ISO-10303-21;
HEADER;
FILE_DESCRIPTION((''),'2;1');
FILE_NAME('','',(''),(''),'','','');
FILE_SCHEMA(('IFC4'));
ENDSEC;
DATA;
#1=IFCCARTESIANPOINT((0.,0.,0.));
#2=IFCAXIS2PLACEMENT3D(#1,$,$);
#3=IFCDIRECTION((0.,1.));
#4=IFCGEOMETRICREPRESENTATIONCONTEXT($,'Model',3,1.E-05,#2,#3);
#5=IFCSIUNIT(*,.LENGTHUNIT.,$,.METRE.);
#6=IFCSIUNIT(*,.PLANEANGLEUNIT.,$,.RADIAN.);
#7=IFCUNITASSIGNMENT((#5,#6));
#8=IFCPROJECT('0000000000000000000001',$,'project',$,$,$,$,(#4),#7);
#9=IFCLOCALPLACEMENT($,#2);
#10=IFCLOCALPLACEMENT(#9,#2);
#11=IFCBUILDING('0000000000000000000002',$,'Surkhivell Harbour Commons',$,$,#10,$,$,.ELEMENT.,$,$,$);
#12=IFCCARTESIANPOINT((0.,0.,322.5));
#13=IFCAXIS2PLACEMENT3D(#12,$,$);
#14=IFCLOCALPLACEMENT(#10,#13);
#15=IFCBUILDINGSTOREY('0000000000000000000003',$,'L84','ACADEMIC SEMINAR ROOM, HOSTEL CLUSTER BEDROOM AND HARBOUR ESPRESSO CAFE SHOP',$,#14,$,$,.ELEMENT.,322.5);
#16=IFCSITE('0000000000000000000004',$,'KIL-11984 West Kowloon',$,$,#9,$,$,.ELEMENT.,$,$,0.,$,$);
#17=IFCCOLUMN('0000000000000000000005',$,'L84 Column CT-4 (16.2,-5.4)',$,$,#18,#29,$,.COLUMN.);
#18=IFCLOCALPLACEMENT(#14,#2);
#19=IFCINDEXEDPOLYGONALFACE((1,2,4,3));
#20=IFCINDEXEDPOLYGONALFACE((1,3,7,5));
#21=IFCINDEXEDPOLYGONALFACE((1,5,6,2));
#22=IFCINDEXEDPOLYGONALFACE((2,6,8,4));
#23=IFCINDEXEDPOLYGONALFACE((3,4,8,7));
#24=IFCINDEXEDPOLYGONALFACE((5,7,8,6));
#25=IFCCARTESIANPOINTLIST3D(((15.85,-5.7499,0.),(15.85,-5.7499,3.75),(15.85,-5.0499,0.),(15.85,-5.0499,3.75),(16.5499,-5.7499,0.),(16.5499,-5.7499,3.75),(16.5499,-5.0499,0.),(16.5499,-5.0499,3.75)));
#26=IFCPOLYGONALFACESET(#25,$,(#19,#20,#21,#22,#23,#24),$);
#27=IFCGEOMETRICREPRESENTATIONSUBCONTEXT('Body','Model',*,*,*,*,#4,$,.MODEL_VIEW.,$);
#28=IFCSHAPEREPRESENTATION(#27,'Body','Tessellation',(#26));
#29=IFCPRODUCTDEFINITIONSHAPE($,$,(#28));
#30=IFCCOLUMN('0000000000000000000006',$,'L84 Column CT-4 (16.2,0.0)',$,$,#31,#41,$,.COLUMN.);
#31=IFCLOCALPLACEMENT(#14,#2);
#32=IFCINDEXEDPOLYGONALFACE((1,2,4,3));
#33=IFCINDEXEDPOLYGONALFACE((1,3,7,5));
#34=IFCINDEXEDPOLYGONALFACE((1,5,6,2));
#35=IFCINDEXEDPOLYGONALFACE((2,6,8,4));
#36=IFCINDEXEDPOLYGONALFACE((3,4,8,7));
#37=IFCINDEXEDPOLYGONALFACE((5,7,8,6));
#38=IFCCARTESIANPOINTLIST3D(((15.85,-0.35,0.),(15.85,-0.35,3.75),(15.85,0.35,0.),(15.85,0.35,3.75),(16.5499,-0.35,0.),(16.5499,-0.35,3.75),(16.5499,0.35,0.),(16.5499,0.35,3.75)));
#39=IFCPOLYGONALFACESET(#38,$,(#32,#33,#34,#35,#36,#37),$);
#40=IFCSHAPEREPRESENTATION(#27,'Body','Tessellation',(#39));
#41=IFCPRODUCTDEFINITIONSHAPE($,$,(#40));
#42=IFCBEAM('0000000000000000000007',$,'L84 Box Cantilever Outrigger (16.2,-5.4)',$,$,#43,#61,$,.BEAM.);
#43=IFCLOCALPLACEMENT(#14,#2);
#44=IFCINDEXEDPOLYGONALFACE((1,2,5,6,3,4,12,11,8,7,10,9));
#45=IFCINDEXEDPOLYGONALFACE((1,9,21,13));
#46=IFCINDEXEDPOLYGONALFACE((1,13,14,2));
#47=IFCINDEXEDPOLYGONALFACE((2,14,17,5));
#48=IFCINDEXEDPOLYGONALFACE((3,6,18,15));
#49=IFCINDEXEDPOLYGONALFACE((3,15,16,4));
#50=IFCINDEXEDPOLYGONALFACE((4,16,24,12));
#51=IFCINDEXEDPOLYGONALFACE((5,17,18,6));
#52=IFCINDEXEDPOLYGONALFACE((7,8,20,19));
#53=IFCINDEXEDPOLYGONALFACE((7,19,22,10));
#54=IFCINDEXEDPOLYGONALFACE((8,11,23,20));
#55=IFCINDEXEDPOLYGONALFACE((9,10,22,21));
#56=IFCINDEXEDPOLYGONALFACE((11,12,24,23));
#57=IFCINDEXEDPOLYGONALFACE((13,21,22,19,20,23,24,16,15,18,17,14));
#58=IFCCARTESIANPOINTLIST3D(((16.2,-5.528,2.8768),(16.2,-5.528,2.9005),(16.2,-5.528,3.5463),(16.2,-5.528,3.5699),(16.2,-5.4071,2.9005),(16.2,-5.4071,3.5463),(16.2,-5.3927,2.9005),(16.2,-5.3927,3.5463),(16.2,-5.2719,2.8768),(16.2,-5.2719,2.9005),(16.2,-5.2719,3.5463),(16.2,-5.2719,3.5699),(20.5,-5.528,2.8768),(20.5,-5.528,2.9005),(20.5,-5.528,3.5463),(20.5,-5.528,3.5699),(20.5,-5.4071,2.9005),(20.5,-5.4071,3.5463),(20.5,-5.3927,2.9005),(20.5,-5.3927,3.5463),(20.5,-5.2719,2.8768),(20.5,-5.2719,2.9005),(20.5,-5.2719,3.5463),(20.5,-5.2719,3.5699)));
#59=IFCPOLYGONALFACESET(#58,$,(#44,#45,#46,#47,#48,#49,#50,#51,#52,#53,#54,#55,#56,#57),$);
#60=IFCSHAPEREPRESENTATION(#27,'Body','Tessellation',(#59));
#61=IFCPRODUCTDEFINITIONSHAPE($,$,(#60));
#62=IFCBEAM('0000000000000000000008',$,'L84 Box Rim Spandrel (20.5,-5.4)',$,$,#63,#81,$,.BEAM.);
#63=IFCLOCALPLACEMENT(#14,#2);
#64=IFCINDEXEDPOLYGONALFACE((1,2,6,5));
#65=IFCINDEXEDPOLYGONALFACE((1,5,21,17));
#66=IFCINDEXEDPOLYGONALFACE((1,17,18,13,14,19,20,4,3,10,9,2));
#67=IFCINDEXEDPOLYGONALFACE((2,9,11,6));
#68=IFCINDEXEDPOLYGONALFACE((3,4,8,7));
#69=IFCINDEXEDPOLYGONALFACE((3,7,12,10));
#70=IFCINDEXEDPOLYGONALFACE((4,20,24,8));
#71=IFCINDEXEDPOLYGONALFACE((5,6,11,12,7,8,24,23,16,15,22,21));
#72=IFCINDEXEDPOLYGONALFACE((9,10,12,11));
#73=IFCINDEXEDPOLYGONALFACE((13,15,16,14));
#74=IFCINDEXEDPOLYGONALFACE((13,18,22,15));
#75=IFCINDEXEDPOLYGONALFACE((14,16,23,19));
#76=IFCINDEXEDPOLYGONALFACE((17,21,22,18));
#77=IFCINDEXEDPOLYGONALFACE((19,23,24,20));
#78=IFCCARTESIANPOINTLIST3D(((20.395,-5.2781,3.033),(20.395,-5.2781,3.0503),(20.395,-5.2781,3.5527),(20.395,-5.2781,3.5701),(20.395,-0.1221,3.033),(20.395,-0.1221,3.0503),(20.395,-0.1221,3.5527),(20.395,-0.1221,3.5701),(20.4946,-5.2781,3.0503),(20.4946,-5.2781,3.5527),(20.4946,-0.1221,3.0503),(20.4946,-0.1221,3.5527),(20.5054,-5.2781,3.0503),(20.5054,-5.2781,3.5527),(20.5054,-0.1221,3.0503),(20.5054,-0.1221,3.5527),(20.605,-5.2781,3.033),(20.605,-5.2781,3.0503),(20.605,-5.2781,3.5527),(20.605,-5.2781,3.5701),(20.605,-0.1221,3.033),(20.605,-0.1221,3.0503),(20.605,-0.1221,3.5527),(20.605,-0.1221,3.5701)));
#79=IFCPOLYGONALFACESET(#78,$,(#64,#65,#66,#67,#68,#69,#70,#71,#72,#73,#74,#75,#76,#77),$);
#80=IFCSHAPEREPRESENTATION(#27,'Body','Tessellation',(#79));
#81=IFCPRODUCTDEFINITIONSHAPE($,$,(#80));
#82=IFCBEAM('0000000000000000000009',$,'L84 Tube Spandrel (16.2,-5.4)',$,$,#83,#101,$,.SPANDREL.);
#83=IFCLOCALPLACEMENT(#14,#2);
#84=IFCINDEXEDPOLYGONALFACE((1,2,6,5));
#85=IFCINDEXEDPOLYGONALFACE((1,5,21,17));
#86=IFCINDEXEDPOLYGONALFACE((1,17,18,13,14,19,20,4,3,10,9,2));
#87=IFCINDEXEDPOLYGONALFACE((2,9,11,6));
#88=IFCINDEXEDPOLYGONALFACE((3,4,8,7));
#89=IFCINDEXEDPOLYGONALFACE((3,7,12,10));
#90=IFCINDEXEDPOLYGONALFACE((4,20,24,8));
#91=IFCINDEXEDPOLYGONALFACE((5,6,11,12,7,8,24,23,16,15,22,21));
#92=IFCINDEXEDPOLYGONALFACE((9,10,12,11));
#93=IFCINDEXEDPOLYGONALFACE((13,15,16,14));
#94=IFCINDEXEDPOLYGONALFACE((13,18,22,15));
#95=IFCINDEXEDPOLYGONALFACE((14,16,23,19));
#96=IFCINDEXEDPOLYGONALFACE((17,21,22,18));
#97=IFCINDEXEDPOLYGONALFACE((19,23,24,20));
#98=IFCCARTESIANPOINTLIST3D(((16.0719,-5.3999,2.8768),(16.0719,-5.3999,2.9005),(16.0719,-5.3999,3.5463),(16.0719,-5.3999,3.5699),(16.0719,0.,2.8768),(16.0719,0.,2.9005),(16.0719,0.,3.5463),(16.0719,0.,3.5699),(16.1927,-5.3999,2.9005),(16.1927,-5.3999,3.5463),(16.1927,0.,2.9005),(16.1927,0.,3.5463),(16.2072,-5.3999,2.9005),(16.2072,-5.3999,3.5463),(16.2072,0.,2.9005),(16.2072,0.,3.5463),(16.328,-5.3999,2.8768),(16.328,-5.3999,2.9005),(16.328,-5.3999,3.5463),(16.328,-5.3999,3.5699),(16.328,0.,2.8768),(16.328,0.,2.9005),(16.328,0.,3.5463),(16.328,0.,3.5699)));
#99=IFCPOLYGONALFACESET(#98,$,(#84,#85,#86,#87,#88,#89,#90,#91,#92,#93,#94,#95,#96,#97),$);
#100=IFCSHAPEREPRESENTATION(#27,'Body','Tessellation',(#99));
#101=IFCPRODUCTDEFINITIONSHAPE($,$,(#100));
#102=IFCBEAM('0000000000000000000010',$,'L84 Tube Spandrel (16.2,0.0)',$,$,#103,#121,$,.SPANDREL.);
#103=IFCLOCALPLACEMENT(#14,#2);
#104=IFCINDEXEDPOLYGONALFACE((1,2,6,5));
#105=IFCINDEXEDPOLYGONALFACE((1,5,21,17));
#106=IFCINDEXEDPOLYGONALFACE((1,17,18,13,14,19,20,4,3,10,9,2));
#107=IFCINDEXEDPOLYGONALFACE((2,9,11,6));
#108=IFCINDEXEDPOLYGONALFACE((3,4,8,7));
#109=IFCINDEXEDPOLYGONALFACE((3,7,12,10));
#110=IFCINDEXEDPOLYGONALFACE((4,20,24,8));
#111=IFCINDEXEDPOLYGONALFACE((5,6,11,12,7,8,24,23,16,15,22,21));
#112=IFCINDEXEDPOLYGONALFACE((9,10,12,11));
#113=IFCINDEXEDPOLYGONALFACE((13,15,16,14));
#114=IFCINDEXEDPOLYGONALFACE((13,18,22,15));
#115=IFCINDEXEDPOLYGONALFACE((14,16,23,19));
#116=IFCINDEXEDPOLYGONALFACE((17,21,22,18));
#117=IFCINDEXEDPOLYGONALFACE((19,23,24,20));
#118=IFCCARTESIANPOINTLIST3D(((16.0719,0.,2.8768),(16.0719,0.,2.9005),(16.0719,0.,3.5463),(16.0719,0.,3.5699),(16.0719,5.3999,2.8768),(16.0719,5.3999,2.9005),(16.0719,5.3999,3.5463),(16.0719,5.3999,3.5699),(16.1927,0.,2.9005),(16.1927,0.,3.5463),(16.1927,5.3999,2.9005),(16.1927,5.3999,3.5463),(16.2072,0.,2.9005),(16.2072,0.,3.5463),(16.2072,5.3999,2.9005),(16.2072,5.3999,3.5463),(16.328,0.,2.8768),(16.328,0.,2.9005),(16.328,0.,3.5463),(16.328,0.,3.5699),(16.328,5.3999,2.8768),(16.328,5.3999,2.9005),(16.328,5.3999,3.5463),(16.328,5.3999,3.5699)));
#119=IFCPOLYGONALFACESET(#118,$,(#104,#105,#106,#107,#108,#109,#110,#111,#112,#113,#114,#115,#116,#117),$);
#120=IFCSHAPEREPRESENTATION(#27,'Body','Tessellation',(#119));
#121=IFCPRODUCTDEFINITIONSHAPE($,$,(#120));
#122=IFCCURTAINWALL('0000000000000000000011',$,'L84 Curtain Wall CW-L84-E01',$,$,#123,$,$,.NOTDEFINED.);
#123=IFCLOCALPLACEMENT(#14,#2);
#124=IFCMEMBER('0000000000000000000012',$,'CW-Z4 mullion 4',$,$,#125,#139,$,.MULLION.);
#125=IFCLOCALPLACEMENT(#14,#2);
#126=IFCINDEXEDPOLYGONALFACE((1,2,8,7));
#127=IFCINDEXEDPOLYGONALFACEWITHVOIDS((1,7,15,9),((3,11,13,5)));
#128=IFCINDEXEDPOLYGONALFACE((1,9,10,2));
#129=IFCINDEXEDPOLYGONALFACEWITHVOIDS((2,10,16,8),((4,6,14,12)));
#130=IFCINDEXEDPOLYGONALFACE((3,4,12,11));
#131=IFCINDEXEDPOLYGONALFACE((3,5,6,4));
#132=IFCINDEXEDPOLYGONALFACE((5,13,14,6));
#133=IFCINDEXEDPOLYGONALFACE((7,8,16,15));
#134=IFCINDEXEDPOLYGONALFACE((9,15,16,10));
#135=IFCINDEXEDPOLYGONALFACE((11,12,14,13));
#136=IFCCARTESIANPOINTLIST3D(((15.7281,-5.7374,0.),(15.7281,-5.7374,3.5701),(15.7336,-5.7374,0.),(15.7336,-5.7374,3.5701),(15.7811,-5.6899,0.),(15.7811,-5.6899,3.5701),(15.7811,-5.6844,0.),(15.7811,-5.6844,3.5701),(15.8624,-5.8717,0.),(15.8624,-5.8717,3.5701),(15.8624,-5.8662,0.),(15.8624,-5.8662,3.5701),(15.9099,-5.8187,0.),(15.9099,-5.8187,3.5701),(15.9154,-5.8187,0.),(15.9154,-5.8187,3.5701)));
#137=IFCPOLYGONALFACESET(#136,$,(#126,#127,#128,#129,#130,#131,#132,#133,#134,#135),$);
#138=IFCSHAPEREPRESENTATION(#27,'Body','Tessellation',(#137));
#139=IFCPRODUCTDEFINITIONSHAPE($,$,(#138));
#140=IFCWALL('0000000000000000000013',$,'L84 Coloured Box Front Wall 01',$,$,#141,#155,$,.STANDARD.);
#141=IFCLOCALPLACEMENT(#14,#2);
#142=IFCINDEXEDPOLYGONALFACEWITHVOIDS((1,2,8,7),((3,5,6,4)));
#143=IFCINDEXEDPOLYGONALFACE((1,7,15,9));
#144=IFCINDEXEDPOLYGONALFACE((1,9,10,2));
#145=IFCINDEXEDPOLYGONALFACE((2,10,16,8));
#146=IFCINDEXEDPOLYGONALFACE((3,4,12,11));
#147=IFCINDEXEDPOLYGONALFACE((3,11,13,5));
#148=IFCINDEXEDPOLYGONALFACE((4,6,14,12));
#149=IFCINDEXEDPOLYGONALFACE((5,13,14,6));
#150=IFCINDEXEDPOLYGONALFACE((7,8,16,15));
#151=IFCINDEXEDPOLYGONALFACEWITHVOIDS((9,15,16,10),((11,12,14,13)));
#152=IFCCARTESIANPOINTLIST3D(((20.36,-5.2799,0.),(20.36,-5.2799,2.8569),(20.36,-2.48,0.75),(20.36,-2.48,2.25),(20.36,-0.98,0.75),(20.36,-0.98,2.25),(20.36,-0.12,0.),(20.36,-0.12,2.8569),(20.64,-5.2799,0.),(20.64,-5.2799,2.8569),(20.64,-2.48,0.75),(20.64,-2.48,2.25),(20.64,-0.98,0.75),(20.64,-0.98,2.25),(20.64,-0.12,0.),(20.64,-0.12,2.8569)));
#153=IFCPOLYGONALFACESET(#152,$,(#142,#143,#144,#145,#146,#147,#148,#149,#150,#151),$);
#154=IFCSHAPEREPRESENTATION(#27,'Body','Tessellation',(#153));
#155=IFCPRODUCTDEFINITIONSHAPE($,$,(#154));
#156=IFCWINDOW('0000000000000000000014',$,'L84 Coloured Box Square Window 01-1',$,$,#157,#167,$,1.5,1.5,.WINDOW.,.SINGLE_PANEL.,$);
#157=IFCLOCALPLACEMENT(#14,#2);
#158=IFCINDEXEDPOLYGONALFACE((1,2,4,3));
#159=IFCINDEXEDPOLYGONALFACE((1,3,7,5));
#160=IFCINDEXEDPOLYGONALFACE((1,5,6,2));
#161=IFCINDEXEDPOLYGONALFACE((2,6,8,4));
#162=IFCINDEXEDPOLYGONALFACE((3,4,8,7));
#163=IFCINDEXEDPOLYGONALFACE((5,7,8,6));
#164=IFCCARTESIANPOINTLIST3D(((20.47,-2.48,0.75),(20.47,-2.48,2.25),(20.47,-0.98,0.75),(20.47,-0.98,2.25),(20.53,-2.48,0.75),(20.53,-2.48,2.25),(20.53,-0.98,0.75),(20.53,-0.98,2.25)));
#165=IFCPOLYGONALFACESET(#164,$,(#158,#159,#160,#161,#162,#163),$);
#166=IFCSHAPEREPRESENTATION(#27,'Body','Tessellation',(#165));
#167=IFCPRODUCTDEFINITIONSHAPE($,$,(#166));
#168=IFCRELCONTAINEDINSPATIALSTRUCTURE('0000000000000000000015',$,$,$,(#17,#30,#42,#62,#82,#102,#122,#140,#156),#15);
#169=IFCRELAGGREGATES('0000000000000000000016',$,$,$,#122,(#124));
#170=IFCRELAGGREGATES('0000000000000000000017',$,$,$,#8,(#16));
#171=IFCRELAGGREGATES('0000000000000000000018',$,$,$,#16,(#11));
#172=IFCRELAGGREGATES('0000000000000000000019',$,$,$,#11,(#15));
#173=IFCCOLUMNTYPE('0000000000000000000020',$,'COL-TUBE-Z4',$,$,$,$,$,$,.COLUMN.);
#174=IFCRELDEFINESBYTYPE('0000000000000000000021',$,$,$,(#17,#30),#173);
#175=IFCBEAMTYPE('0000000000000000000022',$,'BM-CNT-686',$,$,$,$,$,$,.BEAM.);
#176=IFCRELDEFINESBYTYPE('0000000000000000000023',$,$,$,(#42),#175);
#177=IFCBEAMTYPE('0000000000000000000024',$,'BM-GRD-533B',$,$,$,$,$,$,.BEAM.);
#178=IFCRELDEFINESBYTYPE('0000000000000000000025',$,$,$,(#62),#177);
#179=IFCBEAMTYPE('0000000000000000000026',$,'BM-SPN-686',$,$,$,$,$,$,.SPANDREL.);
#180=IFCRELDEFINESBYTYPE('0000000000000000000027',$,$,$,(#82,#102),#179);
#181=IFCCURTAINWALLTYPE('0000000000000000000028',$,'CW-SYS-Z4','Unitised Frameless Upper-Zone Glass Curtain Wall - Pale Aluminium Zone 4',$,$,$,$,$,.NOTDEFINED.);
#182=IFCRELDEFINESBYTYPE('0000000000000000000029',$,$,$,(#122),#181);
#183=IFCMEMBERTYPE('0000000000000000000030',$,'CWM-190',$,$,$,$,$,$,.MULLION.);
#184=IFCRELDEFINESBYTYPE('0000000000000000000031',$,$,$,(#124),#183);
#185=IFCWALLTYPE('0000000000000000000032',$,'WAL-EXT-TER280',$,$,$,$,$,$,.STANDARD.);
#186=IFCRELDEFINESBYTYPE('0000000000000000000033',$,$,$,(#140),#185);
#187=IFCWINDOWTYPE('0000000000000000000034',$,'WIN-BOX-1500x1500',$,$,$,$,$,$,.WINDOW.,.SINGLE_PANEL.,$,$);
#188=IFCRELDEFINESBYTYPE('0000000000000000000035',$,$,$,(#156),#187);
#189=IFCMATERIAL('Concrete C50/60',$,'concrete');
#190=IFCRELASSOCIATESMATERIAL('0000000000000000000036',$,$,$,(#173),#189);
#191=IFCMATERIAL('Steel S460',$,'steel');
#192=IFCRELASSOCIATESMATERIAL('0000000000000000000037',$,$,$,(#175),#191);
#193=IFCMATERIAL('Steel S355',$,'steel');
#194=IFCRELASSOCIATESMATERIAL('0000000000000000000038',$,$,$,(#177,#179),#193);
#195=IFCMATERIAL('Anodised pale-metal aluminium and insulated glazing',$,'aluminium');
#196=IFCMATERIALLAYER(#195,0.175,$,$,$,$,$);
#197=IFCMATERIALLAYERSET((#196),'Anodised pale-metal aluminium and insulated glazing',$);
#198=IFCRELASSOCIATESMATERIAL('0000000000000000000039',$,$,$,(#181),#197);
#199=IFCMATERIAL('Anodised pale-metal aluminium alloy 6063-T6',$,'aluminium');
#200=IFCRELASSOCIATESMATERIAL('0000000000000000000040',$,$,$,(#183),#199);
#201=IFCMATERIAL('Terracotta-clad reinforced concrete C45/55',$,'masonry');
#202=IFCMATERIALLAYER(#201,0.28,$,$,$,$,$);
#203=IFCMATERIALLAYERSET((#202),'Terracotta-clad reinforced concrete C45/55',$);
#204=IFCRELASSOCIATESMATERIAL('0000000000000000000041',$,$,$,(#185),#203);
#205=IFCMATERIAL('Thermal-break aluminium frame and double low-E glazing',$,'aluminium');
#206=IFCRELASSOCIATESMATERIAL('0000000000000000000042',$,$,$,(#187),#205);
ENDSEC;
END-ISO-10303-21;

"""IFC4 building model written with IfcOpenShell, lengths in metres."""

from ifc_helpers import new_model, si_unit, direction, frame, frame_2d, origin, origin_2d, place, context, subcontext, project, spatial, rectangle, hollow_rectangle, i_section, extrude, material, layer, layer_set, material_profile, profile_set, type_object, element, fill, aggregate, save


model = new_model("IFC4")

# Units and contexts
model_context = context("Model", 3, precision=1e-05, world=origin(), true_north=direction((0.0, 1.0)))
body_context = subcontext(model_context, "Body", "Model", "MODEL_VIEW")
ifc_project = project(units=[si_unit("LENGTHUNIT", "METRE"), si_unit("PLANEANGLEUNIT", "RADIAN")], contexts=[model_context])

# Site, building, storey
site_placement = place(None, origin())
site = spatial("IfcSite", under=ifc_project, at=site_placement, Name="KIL-11984 West Kowloon", CompositionType="ELEMENT", RefElevation=0.0)
building_placement = place(site_placement, origin())
building = spatial("IfcBuilding", under=site, at=building_placement, Name="Surkhivell Harbour Commons", CompositionType="ELEMENT")
storey_placement = place(building_placement, frame((0.0, 0.0, 322.5)))
storey = spatial("IfcBuildingStorey", under=building, at=storey_placement, Name="L84", Description="ACADEMIC SEMINAR ROOM, HOSTEL CLUSTER BEDROOM AND HARBOUR ESPRESSO CAFE SHOP", CompositionType="ELEMENT", Elevation=322.5)

# Columns
ifc_material_1 = material(Name="Concrete C50/60", Category="concrete")
ifc_material_profile_1 = material_profile(ifc_material_1, rectangle(XDim=0.7, YDim=0.7, at=origin_2d()), Name="RC-COL-700x700")
ifc_profile_set_1 = profile_set([ifc_material_profile_1], Name="Concrete C50/60")
column_type = type_object("IfcColumnType", Name="COL-TUBE-Z4", PredefinedType="COLUMN", material=ifc_profile_set_1)
for number, where, z_axis, x_axis, name in (
    (1, (16.2, -5.3999, 0.0), (0.0, 0.0, 1.0), (1.0, 0.0, 0.0), "L84 Column CT-4 (16.2,-5.4)"),
    (2, (16.2, 0.0, 0.0), (0.0, 0.0, 1.0), (1.0, 0.0, 0.0), "L84 Column CT-4 (16.2,0.0)"),
):
    element("IfcColumn", number, at=place(storey_placement, frame(where, z_axis=z_axis, x_axis=x_axis)), inside=storey, type_object=column_type, Name=name, PredefinedType="COLUMN", context=body_context, shape_type="SweptSolid", body=[
        extrude(rectangle(XDim=0.7, YDim=0.7, at=origin_2d()), origin(), (0.0, 0.0, 1.0), 3.75),
    ])

# Beams
ifc_material_2 = material(Name="Steel S460", Category="steel")
ifc_material_profile_2 = material_profile(ifc_material_2, i_section(OverallWidth=0.2561, OverallDepth=0.6931, WebThickness=0.0144, FlangeThickness=0.0237, at=origin_2d()), Name="UB686x254x170")
ifc_profile_set_2 = profile_set([ifc_material_profile_2], Name="Steel S460")
beam_type_1 = type_object("IfcBeamType", Name="BM-CNT-686", PredefinedType="BEAM", material=ifc_profile_set_2)
beam_1_placement = place(storey_placement, frame((16.2, -5.3999, 3.2234), z_axis=(1.0, 0.0, 0.0), x_axis=(0.0, 1.0, 0.0)))
element("IfcBeam", 3, at=beam_1_placement, inside=storey, type_object=beam_type_1, Name="L84 Box Cantilever Outrigger (16.2,-5.4)", PredefinedType="BEAM", context=body_context, shape_type="SweptSolid", body=[
    extrude(i_section(OverallWidth=0.2561, OverallDepth=0.6931, WebThickness=0.0144, FlangeThickness=0.0237, at=origin_2d()), origin(), (0.0, 0.0, 1.0), 4.3),
])
ifc_material_3 = material(Name="Steel S355", Category="steel")
ifc_material_profile_3 = material_profile(ifc_material_3, i_section(OverallWidth=0.21, OverallDepth=0.5371, WebThickness=0.0107, FlangeThickness=0.0173, at=origin_2d()), Name="UB533x210x101")
ifc_profile_set_3 = profile_set([ifc_material_profile_3], Name="Steel S355")
beam_type_2 = type_object("IfcBeamType", Name="BM-GRD-533B", PredefinedType="BEAM", material=ifc_profile_set_3)
beam_2_placement = place(storey_placement, frame((20.5, -5.2781, 3.3015), z_axis=(0.0, 1.0, 0.0), x_axis=(-1.0, 0.0, 0.0)))
element("IfcBeam", 4, at=beam_2_placement, inside=storey, type_object=beam_type_2, Name="L84 Box Rim Spandrel (20.5,-5.4)", PredefinedType="BEAM", context=body_context, shape_type="SweptSolid", body=[
    extrude(i_section(OverallWidth=0.21, OverallDepth=0.5371, WebThickness=0.0107, FlangeThickness=0.0173, at=origin_2d()), origin(), (0.0, 0.0, 1.0), 5.156),
])
ifc_material_profile_4 = material_profile(ifc_material_3, i_section(OverallWidth=0.2561, OverallDepth=0.6931, WebThickness=0.0144, FlangeThickness=0.0237, at=origin_2d()), Name="UB686x254x170")
ifc_profile_set_4 = profile_set([ifc_material_profile_4], Name="Steel S355")
beam_type_3 = type_object("IfcBeamType", Name="BM-SPN-686", PredefinedType="SPANDREL", material=ifc_profile_set_4)
for number, where, z_axis, x_axis, name in (
    (5, (16.2, -5.3999, 3.2234), (0.0, 1.0, 0.0), (-1.0, 0.0, 0.0), "L84 Tube Spandrel (16.2,-5.4)"),
    (6, (16.2, 0.0, 3.2234), (0.0, 1.0, 0.0), (-1.0, 0.0, 0.0), "L84 Tube Spandrel (16.2,0.0)"),
):
    element("IfcBeam", number, at=place(storey_placement, frame(where, z_axis=z_axis, x_axis=x_axis)), inside=storey, type_object=beam_type_3, Name=name, PredefinedType="SPANDREL", context=body_context, shape_type="SweptSolid", body=[
        extrude(i_section(OverallWidth=0.2561, OverallDepth=0.6931, WebThickness=0.0144, FlangeThickness=0.0237, at=origin_2d()), origin(), (0.0, 0.0, 1.0), 5.3999),
    ])

# Curtain wall, member
ifc_material_4 = material(Name="Anodised pale-metal aluminium and insulated glazing", Category="aluminium")
ifc_layer_1 = layer(ifc_material_4, 0.175)
ifc_layer_set_1 = layer_set([ifc_layer_1], Name="Anodised pale-metal aluminium and insulated glazing")
curtain_wall_type = type_object("IfcCurtainWallType", Name="CW-SYS-Z4", Description="Unitised Frameless Upper-Zone Glass Curtain Wall - Pale Aluminium Zone 4", PredefinedType="NOTDEFINED", material=ifc_layer_set_1)
curtain_wall_placement = place(storey_placement, origin())
curtain_wall = element("IfcCurtainWall", 7, at=curtain_wall_placement, inside=storey, type_object=curtain_wall_type, Name="L84 Curtain Wall CW-L84-E01", PredefinedType="NOTDEFINED")
ifc_material_5 = material(Name="Anodised pale-metal aluminium alloy 6063-T6", Category="aluminium")
ifc_material_profile_5 = material_profile(ifc_material_5, hollow_rectangle(XDim=0.075, YDim=0.1899, WallThickness=0.0039, at=origin_2d()), Name="ALU-MULL-75x190")
ifc_profile_set_5 = profile_set([ifc_material_profile_5], Name="Anodised pale-metal aluminium alloy 6063-T6")
member_type = type_object("IfcMemberType", Name="CWM-190", PredefinedType="MULLION", material=ifc_profile_set_5)
member_placement = place(storey_placement, frame((15.8218, -5.7781, 0.0), z_axis=(0.0, 0.0, 1.0), x_axis=(0.707107, 0.707107, 0.0)))
member = element("IfcMember", 8, at=member_placement, type_object=member_type, Name="CW-Z4 mullion 4", PredefinedType="MULLION", context=body_context, shape_type="SweptSolid", body=[
    extrude(hollow_rectangle(XDim=0.075, YDim=0.1899, WallThickness=0.0039, at=origin_2d()), origin(), (0.0, 0.0, 1.0), 3.5701),
])
aggregate(curtain_wall, [member])

# Wall, opening, window
ifc_material_6 = material(Name="Terracotta-clad reinforced concrete C45/55", Category="masonry")
ifc_layer_2 = layer(ifc_material_6, 0.28)
ifc_layer_set_2 = layer_set([ifc_layer_2], Name="Terracotta-clad reinforced concrete C45/55")
wall_type = type_object("IfcWallType", Name="WAL-EXT-TER280", PredefinedType="STANDARD", material=ifc_layer_set_2)
wall_1_placement = place(storey_placement, frame((20.5, -5.28, 0.0), z_axis=(0.0, 0.0, 1.0), x_axis=(0.0, 1.0, 0.0)))
wall_1 = element("IfcWall", 9, at=wall_1_placement, inside=storey, type_object=wall_type, Name="L84 Coloured Box Front Wall 01", PredefinedType="STANDARD", context=body_context, shape_type="SweptSolid", body=[
    extrude(rectangle(XDim=5.1599, YDim=0.28, at=frame_2d((2.5801, 0.0))), origin(), (0.0, 0.0, 1.0), 2.8569),
])
opening_1_placement = place(wall_1_placement, frame((2.8, 0.0, 0.75)))
opening_1 = element("IfcOpeningElement", 10, at=opening_1_placement, cuts=wall_1, PredefinedType="OPENING", context=body_context, shape_type="SweptSolid", body=[
    extrude(rectangle(XDim=1.5, YDim=1.5, at=frame_2d((0.75, 0.75))), frame((0.0, 0.1499, 0.0), z_axis=(0.0, -1.0, 0.0), x_axis=(1.0, 0.0, 0.0)), (0.0, 0.0, 1.0), 0.3),
])
ifc_material_7 = material(Name="Thermal-break aluminium frame and double low-E glazing", Category="aluminium")
window_type_1 = type_object("IfcWindowType", Name="WIN-BOX-1500x1500", PartitioningType="SINGLE_PANEL", PredefinedType="WINDOW", material=ifc_material_7)
window_1_placement = place(opening_1_placement, origin())
window_1 = element("IfcWindow", 11, at=window_1_placement, inside=storey, type_object=window_type_1, Name="L84 Coloured Box Square Window 01-1", OverallHeight=1.5, OverallWidth=1.5, PartitioningType="SINGLE_PANEL", PredefinedType="WINDOW", context=body_context, shape_type="SweptSolid", body=[
    extrude(rectangle(XDim=1.5, YDim=1.5, at=frame_2d((0.75, 0.75))), frame((0.0, 0.03, 0.0), z_axis=(0.0, -1.0, 0.0), x_axis=(1.0, 0.0, 0.0)), (0.0, 0.0, 1.0), 0.0601),
])
fill(opening_1, window_1)

save(model, "model.ifc")
